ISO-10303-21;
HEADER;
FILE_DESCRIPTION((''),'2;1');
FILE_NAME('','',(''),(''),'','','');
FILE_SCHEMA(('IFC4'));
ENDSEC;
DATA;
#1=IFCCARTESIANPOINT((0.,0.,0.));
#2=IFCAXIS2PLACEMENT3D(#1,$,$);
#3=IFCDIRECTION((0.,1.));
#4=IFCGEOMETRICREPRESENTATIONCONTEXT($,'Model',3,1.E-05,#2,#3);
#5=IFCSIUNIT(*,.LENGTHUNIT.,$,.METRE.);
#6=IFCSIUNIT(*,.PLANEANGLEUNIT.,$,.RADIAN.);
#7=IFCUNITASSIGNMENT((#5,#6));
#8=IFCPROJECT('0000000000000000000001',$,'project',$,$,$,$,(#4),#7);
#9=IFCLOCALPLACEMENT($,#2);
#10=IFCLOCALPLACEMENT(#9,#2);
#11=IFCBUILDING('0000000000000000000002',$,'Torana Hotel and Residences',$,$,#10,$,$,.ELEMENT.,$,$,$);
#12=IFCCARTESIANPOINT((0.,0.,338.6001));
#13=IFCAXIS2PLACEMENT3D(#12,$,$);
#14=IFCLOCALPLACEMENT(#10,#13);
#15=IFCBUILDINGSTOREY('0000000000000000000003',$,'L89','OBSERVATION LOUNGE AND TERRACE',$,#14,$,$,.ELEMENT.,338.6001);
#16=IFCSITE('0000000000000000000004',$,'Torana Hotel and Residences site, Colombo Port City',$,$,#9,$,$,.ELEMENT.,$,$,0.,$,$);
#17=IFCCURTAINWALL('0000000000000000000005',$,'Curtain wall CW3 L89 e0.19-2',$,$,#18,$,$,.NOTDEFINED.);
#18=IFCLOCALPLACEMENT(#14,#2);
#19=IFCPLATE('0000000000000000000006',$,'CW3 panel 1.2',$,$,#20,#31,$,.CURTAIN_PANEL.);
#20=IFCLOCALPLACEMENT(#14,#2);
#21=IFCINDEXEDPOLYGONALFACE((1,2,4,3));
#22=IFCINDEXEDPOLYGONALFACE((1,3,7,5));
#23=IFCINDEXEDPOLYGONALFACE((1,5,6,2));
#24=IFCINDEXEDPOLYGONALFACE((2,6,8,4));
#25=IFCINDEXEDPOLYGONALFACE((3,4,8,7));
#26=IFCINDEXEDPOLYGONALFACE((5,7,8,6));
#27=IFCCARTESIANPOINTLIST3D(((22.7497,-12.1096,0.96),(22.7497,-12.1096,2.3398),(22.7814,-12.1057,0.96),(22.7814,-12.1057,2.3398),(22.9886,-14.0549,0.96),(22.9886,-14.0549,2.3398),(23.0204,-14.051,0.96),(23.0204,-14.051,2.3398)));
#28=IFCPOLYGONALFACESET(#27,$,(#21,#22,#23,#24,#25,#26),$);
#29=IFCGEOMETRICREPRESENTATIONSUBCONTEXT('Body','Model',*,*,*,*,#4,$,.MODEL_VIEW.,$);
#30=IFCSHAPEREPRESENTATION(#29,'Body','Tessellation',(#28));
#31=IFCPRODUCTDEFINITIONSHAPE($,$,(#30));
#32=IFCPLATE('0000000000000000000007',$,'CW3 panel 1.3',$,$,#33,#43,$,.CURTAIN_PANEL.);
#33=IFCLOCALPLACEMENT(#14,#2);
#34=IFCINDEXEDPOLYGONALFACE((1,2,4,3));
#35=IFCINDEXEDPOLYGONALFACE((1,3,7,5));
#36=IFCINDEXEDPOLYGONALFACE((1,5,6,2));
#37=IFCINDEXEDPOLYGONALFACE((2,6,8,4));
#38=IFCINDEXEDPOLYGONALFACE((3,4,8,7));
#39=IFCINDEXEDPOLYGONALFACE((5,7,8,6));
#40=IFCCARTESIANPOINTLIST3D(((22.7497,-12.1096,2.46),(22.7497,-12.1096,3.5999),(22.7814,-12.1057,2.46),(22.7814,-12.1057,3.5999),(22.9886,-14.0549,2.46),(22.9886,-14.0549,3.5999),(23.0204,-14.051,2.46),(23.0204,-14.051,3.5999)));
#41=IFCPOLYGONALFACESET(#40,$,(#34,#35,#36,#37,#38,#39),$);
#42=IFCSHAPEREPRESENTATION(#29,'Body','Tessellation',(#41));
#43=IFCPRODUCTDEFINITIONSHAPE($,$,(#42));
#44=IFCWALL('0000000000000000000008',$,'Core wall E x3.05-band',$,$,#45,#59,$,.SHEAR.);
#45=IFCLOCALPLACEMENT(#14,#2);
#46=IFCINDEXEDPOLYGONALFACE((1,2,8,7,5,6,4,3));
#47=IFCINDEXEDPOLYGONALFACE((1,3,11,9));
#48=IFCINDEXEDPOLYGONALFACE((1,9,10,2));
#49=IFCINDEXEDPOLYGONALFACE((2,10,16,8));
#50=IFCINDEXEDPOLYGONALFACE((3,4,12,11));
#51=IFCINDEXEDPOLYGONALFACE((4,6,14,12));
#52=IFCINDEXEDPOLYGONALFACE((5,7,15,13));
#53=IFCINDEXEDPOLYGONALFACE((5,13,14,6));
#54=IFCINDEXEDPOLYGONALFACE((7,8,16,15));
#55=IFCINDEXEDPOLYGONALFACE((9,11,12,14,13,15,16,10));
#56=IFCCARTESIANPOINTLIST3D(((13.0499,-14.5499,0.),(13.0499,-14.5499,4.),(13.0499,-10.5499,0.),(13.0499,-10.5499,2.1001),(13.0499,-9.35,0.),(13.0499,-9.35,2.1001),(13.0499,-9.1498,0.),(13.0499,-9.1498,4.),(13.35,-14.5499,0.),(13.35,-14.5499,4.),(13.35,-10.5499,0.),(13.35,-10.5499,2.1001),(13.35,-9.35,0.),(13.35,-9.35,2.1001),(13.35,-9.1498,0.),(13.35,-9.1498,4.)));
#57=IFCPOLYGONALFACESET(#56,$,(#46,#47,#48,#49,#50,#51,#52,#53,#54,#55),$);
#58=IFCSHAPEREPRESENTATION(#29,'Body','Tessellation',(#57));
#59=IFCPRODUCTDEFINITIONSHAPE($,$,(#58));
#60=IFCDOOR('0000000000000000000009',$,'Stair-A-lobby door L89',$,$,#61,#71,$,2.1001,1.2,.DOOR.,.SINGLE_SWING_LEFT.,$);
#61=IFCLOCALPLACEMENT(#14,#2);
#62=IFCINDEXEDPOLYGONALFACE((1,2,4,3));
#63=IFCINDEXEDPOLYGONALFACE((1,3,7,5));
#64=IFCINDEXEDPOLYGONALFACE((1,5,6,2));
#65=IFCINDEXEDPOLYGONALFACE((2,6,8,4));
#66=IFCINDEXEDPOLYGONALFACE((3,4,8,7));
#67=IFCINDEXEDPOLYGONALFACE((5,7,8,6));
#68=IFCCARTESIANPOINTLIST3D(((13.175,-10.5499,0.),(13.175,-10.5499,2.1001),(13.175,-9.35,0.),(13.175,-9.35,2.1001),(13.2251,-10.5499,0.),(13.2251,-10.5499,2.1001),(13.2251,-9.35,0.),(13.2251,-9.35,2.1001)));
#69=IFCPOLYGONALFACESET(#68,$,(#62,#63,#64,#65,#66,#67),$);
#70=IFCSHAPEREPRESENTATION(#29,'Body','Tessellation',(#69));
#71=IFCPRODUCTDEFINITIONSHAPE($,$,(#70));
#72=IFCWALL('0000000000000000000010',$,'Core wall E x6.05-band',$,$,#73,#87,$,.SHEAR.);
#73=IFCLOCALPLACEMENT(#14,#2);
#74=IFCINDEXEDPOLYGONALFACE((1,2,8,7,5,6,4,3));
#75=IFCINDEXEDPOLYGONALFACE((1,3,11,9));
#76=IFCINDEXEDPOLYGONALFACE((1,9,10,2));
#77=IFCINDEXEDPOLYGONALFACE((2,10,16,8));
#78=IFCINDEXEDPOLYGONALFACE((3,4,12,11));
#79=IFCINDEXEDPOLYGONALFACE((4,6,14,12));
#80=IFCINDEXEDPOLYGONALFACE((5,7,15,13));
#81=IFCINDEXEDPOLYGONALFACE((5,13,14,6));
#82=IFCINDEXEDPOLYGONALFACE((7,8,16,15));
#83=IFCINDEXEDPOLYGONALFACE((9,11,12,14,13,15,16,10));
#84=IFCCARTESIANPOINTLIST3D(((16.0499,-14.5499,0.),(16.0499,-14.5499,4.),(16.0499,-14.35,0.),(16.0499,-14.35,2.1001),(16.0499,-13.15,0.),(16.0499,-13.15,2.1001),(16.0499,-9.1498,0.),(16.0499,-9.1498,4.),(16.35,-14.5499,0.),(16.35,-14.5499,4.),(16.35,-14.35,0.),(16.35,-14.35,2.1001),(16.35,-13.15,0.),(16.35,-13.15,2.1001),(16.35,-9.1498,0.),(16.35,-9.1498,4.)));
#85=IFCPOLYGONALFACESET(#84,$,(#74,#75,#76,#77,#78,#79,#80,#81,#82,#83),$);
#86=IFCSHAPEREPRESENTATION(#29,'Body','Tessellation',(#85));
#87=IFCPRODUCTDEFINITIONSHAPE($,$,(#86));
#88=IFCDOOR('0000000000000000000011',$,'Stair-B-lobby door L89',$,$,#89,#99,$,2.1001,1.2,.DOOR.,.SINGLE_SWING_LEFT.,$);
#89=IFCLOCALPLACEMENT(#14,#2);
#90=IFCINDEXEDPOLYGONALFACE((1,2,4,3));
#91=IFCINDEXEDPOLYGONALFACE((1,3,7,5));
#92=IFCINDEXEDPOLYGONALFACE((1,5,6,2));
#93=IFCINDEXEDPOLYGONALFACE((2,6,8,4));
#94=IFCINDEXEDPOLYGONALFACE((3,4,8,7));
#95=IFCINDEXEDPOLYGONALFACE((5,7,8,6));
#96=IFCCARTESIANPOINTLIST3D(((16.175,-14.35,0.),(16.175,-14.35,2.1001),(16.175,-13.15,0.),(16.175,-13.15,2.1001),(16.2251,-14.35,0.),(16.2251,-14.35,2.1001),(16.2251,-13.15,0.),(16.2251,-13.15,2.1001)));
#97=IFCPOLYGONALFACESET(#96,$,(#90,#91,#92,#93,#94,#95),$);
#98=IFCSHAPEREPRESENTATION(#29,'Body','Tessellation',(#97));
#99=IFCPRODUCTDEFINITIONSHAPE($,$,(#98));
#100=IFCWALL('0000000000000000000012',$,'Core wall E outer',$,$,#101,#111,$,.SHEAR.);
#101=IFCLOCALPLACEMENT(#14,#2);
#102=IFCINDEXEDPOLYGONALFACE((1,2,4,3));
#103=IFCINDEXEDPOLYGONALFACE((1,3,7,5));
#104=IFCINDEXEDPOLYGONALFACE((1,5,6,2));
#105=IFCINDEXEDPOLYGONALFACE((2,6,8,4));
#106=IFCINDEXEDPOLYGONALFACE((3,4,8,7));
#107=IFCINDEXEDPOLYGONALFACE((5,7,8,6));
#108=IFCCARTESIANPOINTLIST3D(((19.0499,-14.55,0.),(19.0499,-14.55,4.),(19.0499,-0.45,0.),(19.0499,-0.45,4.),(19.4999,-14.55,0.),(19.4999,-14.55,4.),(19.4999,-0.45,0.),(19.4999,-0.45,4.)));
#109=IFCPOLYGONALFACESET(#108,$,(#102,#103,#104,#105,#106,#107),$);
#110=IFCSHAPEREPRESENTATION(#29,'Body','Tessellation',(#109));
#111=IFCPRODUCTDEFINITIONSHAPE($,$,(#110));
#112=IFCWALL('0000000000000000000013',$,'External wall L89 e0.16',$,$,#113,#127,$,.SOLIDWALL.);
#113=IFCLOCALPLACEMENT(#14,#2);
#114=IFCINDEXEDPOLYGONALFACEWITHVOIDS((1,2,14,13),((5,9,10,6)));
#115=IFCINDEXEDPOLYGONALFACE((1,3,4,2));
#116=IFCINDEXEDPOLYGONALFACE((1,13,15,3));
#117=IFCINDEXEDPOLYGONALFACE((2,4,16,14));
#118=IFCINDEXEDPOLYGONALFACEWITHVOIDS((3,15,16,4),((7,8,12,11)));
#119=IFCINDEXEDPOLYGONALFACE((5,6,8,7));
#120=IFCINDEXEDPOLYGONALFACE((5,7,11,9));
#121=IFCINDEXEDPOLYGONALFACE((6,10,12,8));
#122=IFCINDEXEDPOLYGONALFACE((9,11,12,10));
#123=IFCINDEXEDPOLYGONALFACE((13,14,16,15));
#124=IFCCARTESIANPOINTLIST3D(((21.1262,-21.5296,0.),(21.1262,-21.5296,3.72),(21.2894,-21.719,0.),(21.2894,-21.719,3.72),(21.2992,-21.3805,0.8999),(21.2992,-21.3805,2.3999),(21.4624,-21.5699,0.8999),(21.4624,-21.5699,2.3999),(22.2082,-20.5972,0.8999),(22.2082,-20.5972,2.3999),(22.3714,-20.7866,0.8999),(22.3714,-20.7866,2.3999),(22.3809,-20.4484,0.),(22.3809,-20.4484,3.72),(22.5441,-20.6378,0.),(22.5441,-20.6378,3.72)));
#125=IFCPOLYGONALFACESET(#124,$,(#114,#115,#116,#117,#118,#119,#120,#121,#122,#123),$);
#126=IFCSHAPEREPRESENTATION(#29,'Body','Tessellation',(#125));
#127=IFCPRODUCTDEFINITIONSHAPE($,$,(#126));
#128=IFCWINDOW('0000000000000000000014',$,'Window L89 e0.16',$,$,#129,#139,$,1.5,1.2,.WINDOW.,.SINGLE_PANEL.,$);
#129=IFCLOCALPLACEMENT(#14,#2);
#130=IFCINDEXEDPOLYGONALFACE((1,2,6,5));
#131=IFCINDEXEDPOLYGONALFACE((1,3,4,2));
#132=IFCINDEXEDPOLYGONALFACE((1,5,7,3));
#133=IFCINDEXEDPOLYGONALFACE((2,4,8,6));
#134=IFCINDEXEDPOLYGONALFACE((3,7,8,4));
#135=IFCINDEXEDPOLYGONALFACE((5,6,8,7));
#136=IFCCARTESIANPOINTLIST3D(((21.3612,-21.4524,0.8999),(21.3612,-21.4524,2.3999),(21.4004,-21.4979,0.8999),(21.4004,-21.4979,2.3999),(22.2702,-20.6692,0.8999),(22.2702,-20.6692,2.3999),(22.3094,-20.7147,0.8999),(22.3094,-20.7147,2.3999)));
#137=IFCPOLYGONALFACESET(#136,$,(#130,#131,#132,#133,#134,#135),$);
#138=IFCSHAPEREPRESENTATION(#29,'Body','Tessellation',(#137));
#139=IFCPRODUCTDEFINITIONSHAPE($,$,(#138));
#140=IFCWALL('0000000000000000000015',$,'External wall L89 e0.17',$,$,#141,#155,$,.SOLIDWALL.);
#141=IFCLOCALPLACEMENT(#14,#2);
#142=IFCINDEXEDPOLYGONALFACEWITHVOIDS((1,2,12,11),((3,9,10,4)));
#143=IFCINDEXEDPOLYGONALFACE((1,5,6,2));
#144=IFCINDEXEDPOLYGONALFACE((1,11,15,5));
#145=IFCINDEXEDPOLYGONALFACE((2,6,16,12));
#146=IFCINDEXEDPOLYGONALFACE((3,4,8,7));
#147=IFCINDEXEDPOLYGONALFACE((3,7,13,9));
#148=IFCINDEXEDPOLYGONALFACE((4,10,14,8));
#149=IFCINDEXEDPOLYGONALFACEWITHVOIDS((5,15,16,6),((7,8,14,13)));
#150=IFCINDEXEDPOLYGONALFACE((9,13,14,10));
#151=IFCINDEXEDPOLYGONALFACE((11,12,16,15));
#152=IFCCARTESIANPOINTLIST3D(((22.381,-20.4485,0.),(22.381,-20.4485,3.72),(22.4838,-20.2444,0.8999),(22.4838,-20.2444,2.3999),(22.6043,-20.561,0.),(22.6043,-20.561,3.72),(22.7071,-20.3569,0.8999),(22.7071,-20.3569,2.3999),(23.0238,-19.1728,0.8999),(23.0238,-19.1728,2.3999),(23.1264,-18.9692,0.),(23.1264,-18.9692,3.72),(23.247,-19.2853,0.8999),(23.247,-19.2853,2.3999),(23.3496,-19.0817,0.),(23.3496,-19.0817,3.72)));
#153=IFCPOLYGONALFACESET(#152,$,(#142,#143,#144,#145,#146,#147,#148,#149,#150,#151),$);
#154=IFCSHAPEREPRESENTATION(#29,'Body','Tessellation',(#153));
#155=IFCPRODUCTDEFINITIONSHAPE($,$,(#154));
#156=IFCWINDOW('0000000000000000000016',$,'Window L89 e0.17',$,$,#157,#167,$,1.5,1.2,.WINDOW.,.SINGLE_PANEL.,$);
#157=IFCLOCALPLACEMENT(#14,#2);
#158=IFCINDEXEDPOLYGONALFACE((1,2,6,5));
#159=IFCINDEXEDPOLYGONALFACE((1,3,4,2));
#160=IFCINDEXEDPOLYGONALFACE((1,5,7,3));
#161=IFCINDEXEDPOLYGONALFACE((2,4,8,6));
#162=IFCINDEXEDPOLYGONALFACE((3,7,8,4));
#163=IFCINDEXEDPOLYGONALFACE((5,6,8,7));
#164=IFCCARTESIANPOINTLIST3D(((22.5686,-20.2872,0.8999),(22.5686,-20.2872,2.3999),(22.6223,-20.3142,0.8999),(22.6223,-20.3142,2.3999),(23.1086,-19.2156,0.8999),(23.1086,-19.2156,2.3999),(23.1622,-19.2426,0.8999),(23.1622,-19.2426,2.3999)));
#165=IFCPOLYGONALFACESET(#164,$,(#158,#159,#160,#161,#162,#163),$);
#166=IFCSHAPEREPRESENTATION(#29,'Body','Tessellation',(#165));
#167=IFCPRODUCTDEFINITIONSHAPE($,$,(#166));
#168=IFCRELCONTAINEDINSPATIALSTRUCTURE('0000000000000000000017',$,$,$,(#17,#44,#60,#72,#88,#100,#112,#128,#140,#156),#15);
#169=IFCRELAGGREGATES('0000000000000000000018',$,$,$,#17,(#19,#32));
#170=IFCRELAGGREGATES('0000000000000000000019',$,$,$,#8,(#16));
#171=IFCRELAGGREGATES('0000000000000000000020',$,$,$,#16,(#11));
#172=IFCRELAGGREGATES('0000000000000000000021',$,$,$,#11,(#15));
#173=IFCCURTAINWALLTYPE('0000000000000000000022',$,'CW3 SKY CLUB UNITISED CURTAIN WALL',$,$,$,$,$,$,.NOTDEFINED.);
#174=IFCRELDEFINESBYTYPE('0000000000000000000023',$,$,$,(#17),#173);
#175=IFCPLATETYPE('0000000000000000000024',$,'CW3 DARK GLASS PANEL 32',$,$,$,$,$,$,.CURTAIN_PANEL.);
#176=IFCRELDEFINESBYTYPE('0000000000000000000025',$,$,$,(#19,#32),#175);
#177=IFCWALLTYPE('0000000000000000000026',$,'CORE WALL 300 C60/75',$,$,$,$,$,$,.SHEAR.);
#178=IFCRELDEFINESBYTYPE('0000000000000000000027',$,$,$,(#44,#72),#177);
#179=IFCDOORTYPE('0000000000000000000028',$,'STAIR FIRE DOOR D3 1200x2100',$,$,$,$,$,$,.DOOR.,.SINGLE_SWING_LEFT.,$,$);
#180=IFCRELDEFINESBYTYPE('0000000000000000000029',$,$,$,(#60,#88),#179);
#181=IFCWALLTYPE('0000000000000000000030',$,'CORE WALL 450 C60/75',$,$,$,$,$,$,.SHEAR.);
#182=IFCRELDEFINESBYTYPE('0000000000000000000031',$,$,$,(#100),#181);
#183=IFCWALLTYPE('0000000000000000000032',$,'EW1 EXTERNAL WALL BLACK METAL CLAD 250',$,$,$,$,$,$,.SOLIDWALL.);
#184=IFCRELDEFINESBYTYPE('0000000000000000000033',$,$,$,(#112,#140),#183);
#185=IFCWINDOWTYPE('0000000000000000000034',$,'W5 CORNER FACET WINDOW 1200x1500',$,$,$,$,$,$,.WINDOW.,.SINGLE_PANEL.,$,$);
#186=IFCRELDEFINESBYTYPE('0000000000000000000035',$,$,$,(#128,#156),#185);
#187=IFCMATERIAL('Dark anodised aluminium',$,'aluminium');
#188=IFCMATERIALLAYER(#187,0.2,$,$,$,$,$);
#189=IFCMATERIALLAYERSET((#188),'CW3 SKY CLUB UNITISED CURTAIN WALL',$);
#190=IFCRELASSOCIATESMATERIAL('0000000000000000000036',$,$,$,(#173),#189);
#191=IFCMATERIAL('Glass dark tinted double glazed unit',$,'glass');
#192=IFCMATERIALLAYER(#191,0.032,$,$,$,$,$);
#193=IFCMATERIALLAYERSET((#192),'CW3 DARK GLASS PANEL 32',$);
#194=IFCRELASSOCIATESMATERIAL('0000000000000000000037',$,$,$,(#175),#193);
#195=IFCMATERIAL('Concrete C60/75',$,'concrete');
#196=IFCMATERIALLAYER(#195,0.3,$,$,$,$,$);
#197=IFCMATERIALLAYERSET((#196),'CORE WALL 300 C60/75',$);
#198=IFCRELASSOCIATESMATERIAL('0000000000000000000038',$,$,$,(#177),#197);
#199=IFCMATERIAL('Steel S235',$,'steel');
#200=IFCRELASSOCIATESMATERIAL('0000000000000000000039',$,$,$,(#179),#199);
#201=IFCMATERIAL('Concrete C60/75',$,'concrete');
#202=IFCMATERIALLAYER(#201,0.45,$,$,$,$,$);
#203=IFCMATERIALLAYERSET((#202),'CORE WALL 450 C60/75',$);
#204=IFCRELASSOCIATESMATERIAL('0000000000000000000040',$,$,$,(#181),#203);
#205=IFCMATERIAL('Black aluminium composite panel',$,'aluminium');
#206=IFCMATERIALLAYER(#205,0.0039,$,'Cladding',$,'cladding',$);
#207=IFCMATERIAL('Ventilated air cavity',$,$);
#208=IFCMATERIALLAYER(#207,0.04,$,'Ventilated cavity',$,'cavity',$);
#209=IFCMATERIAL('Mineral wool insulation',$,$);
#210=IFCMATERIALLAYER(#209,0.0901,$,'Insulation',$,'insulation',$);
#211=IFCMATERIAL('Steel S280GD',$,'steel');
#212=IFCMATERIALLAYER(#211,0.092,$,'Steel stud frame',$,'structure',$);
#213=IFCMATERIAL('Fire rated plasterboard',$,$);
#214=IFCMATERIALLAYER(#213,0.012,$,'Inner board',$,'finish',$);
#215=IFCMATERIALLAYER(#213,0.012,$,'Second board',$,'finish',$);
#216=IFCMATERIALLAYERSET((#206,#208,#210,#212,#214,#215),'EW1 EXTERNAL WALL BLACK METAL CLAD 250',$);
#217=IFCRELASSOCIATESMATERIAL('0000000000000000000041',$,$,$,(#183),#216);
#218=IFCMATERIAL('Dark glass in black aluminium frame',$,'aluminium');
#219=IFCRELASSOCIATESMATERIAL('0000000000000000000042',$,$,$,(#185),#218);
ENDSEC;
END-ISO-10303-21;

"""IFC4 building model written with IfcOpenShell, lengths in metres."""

from ifc_helpers import new_model, si_unit, direction, frame, frame_2d, origin, origin_2d, place, context, subcontext, project, spatial, rectangle, extrude, material, layer, layer_set, type_object, element, fill, aggregate, save


model = new_model("IFC4")

# Units and contexts
model_context = context("Model", 3, precision=1e-05, world=origin(), true_north=direction((0.0, 1.0)))
body_context = subcontext(model_context, "Body", "Model", "MODEL_VIEW")
ifc_project = project(units=[si_unit("LENGTHUNIT", "METRE"), si_unit("PLANEANGLEUNIT", "RADIAN")], contexts=[model_context])

# Site, building, storey
site_placement = place(None, origin())
site = spatial("IfcSite", under=ifc_project, at=site_placement, Name="Torana Hotel and Residences site, Colombo Port City", CompositionType="ELEMENT", RefElevation=0.0)
building_placement = place(site_placement, origin())
building = spatial("IfcBuilding", under=site, at=building_placement, Name="Torana Hotel and Residences", CompositionType="ELEMENT")
storey_placement = place(building_placement, frame((0.0, 0.0, 338.6001)))
storey = spatial("IfcBuildingStorey", under=building, at=storey_placement, Name="L89", Description="OBSERVATION LOUNGE AND TERRACE", CompositionType="ELEMENT", Elevation=338.6001)

# Curtain wall, plates
ifc_material_1 = material(Name="Dark anodised aluminium", Category="aluminium")
ifc_layer_1 = layer(ifc_material_1, 0.2)
ifc_layer_set_1 = layer_set([ifc_layer_1], Name="CW3 SKY CLUB UNITISED CURTAIN WALL")
curtain_wall_type = type_object("IfcCurtainWallType", Name="CW3 SKY CLUB UNITISED CURTAIN WALL", PredefinedType="NOTDEFINED", material=ifc_layer_set_1)
curtain_wall_placement = place(storey_placement, origin())
curtain_wall = element("IfcCurtainWall", 1, at=curtain_wall_placement, inside=storey, type_object=curtain_wall_type, Name="Curtain wall CW3 L89 e0.19-2", PredefinedType="NOTDEFINED")
ifc_material_2 = material(Name="Glass dark tinted double glazed unit", Category="glass")
ifc_layer_2 = layer(ifc_material_2, 0.032)
ifc_layer_set_2 = layer_set([ifc_layer_2], Name="CW3 DARK GLASS PANEL 32")
plate_type = type_object("IfcPlateType", Name="CW3 DARK GLASS PANEL 32", PredefinedType="CURTAIN_PANEL", material=ifc_layer_set_2)
plate_1_placement = place(storey_placement, frame((22.885, -13.0803, 0.96), z_axis=(0.0, 0.0, 1.0), x_axis=(-0.121913, 0.992541, 0.0)))
plate_1 = element("IfcPlate", 2, at=plate_1_placement, type_object=plate_type, Name="CW3 panel 1.2", PredefinedType="CURTAIN_PANEL", context=body_context, shape_type="SweptSolid", body=[
    extrude(rectangle(XDim=1.96, YDim=0.032, at=origin_2d()), origin(), (0.0, 0.0, 1.0), 1.3799),
])
plate_2_placement = place(storey_placement, frame((22.885, -13.0803, 2.46), z_axis=(0.0, 0.0, 1.0), x_axis=(-0.121913, 0.992541, 0.0)))
plate_2 = element("IfcPlate", 3, at=plate_2_placement, type_object=plate_type, Name="CW3 panel 1.3", PredefinedType="CURTAIN_PANEL", context=body_context, shape_type="SweptSolid", body=[
    extrude(rectangle(XDim=1.96, YDim=0.032, at=origin_2d()), origin(), (0.0, 0.0, 1.0), 1.1399),
])
aggregate(curtain_wall, [plate_1, plate_2])

# Walls, openings, doors
ifc_material_3 = material(Name="Concrete C60/75", Category="concrete")
ifc_layer_3 = layer(ifc_material_3, 0.3)
ifc_layer_set_3 = layer_set([ifc_layer_3], Name="CORE WALL 300 C60/75")
wall_type_1 = type_object("IfcWallType", Name="CORE WALL 300 C60/75", PredefinedType="SHEAR", material=ifc_layer_set_3)
wall_1_placement = place(storey_placement, frame((13.2, -14.55, 0.0), z_axis=(0.0, 0.0, 1.0), x_axis=(0.0, 1.0, 0.0)))
wall_1 = element("IfcWall", 4, at=wall_1_placement, inside=storey, type_object=wall_type_1, Name="Core wall E x3.05-band", PredefinedType="SHEAR", context=body_context, shape_type="SweptSolid", body=[
    extrude(rectangle(XDim=5.4001, YDim=0.3, at=frame_2d((2.7002, 0.0))), origin(), (0.0, 0.0, 1.0), 4.0),
])
opening_1_placement = place(wall_1_placement, frame((4.0, 0.0, 0.0)))
opening_1 = element("IfcOpeningElement", 5, at=opening_1_placement, cuts=wall_1, PredefinedType="OPENING", context=body_context, shape_type="SweptSolid", body=[
    extrude(rectangle(XDim=1.2, YDim=2.1001, at=frame_2d((0.6001, 1.05))), frame((0.0, 0.1599, 0.0), z_axis=(0.0, -1.0, 0.0), x_axis=(1.0, 0.0, 0.0)), (0.0, 0.0, 1.0), 0.3201),
])
ifc_material_4 = material(Name="Steel S235", Category="steel")
door_type_1 = type_object("IfcDoorType", Name="STAIR FIRE DOOR D3 1200x2100", OperationType="SINGLE_SWING_LEFT", PredefinedType="DOOR", material=ifc_material_4)
door_1_placement = place(opening_1_placement, origin())
door_1 = element("IfcDoor", 6, at=door_1_placement, inside=storey, type_object=door_type_1, Name="Stair-A-lobby door L89", OperationType="SINGLE_SWING_LEFT", OverallHeight=2.1001, OverallWidth=1.2, PredefinedType="DOOR", context=body_context, shape_type="SweptSolid", body=[
    extrude(rectangle(XDim=1.2, YDim=2.1001, at=frame_2d((0.6001, 1.05))), frame((0.0, 0.0249, 0.0), z_axis=(0.0, -1.0, 0.0), x_axis=(1.0, 0.0, 0.0)), (0.0, 0.0, 1.0), 0.05),
])
fill(opening_1, door_1)
wall_2_placement = place(storey_placement, frame((16.2, -14.55, 0.0), z_axis=(0.0, 0.0, 1.0), x_axis=(0.0, 1.0, 0.0)))
wall_2 = element("IfcWall", 7, at=wall_2_placement, inside=storey, type_object=wall_type_1, Name="Core wall E x6.05-band", PredefinedType="SHEAR", context=body_context, shape_type="SweptSolid", body=[
    extrude(rectangle(XDim=5.4001, YDim=0.3, at=frame_2d((2.7002, 0.0))), origin(), (0.0, 0.0, 1.0), 4.0),
])
opening_2_placement = place(wall_2_placement, frame((0.2, 0.0, 0.0)))
opening_2 = element("IfcOpeningElement", 8, at=opening_2_placement, cuts=wall_2, PredefinedType="OPENING", context=body_context, shape_type="SweptSolid", body=[
    extrude(rectangle(XDim=1.2, YDim=2.1001, at=frame_2d((0.6001, 1.05))), frame((0.0, 0.1599, 0.0), z_axis=(0.0, -1.0, 0.0), x_axis=(1.0, 0.0, 0.0)), (0.0, 0.0, 1.0), 0.3201),
])
door_2_placement = place(opening_2_placement, frame((0.6001, 0.0, 0.0), z_axis=(0.0, 0.0, 1.0), x_axis=(-1.0, 0.0, 0.0)))
door_2 = element("IfcDoor", 9, at=door_2_placement, inside=storey, type_object=door_type_1, Name="Stair-B-lobby door L89", OperationType="SINGLE_SWING_LEFT", OverallHeight=2.1001, OverallWidth=1.2, PredefinedType="DOOR", context=body_context, shape_type="SweptSolid", body=[
    extrude(rectangle(XDim=1.2, YDim=2.1001, at=frame_2d((0.0, 1.05))), frame((0.0, -0.0249, 0.0), z_axis=(0.0, 1.0, 0.0), x_axis=(-1.0, 0.0, 0.0)), (0.0, 0.0, 1.0), 0.05),
])
fill(opening_2, door_2)

# Wall
ifc_material_5 = material(Name="Concrete C60/75", Category="concrete")
ifc_layer_4 = layer(ifc_material_5, 0.45)
ifc_layer_set_4 = layer_set([ifc_layer_4], Name="CORE WALL 450 C60/75")
wall_type_2 = type_object("IfcWallType", Name="CORE WALL 450 C60/75", PredefinedType="SHEAR", material=ifc_layer_set_4)
wall_3_placement = place(storey_placement, frame((19.2749, -14.55, 0.0), z_axis=(0.0, 0.0, 1.0), x_axis=(0.0, 1.0, 0.0)))
element("IfcWall", 10, at=wall_3_placement, inside=storey, type_object=wall_type_2, Name="Core wall E outer", PredefinedType="SHEAR", context=body_context, shape_type="SweptSolid", body=[
    extrude(rectangle(XDim=14.1001, YDim=0.45, at=frame_2d((7.05, 0.0))), origin(), (0.0, 0.0, 1.0), 4.0),
])

# Walls, openings, windows
ifc_material_6 = material(Name="Black aluminium composite panel", Category="aluminium")
ifc_layer_5 = layer(ifc_material_6, 0.0039, Name="Cladding", Category="cladding")
ifc_material_7 = material(Name="Ventilated air cavity")
ifc_layer_6 = layer(ifc_material_7, 0.04, Name="Ventilated cavity", Category="cavity")
ifc_material_8 = material(Name="Mineral wool insulation")
ifc_layer_7 = layer(ifc_material_8, 0.0901, Name="Insulation", Category="insulation")
ifc_material_9 = material(Name="Steel S280GD", Category="steel")
ifc_layer_8 = layer(ifc_material_9, 0.092, Name="Steel stud frame", Category="structure")
ifc_material_10 = material(Name="Fire rated plasterboard")
ifc_layer_9 = layer(ifc_material_10, 0.012, Name="Inner board", Category="finish")
ifc_layer_10 = layer(ifc_material_10, 0.012, Name="Second board", Category="finish")
ifc_layer_set_5 = layer_set([ifc_layer_5, ifc_layer_6, ifc_layer_7, ifc_layer_8, ifc_layer_9, ifc_layer_10], Name="EW1 EXTERNAL WALL BLACK METAL CLAD 250")
wall_type_3 = type_object("IfcWallType", Name="EW1 EXTERNAL WALL BLACK METAL CLAD 250", PredefinedType="SOLIDWALL", material=ifc_layer_set_5)
wall_4_placement = place(storey_placement, frame((21.2078, -21.6243, 0.0), z_axis=(0.0, 0.0, 1.0), x_axis=(0.757568, 0.652756, 0.0)))
wall_4 = element("IfcWall", 11, at=wall_4_placement, inside=storey, type_object=wall_type_3, Name="External wall L89 e0.16", PredefinedType="SOLIDWALL", context=body_context, shape_type="SweptSolid", body=[
    extrude(rectangle(XDim=1.6562, YDim=0.25, at=frame_2d((0.8281, 0.0))), origin(), (0.0, 0.0, 1.0), 3.72),
])
opening_3_placement = place(wall_4_placement, frame((0.2283, 0.0, 0.8999)))
opening_3 = element("IfcOpeningElement", 12, at=opening_3_placement, cuts=wall_4, PredefinedType="OPENING", context=body_context, shape_type="SweptSolid", body=[
    extrude(rectangle(XDim=1.2, YDim=1.5, at=frame_2d((0.6001, 0.75))), frame((0.0, 0.135, 0.0), z_axis=(0.0, -1.0, 0.0), x_axis=(1.0, 0.0, 0.0)), (0.0, 0.0, 1.0), 0.27),
])
ifc_material_11 = material(Name="Dark glass in black aluminium frame", Category="aluminium")
window_type = type_object("IfcWindowType", Name="W5 CORNER FACET WINDOW 1200x1500", PartitioningType="SINGLE_PANEL", PredefinedType="WINDOW", material=ifc_material_11)
window_1_placement = place(opening_3_placement, origin())
window_1 = element("IfcWindow", 13, at=window_1_placement, inside=storey, type_object=window_type, Name="Window L89 e0.16", OverallHeight=1.5, OverallWidth=1.2, PartitioningType="SINGLE_PANEL", PredefinedType="WINDOW", context=body_context, shape_type="SweptSolid", body=[
    extrude(rectangle(XDim=1.2, YDim=1.5, at=frame_2d((0.6001, 0.75))), frame((0.0, 0.03, 0.0), z_axis=(0.0, -1.0, 0.0), x_axis=(1.0, 0.0, 0.0)), (0.0, 0.0, 1.0), 0.0601),
])
fill(opening_3, window_1)
wall_5_placement = place(storey_placement, frame((22.4927, -20.5046, 0.0), z_axis=(0.0, 0.0, 1.0), x_axis=(0.449982, 0.893037, 0.0)))
wall_5 = element("IfcWall", 14, at=wall_5_placement, inside=storey, type_object=wall_type_3, Name="External wall L89 e0.17", PredefinedType="SOLIDWALL", context=body_context, shape_type="SweptSolid", body=[
    extrude(rectangle(XDim=1.6565, YDim=0.25, at=frame_2d((0.8281, 0.0))), origin(), (0.0, 0.0, 1.0), 3.72),
])
opening_4_placement = place(wall_5_placement, frame((0.2283, 0.0, 0.8999)))
opening_4 = element("IfcOpeningElement", 15, at=opening_4_placement, cuts=wall_5, PredefinedType="OPENING", context=body_context, shape_type="SweptSolid", body=[
    extrude(rectangle(XDim=1.2, YDim=1.5, at=frame_2d((0.6001, 0.75))), frame((0.0, 0.135, 0.0), z_axis=(0.0, -1.0, 0.0), x_axis=(1.0, 0.0, 0.0)), (0.0, 0.0, 1.0), 0.27),
])
window_2_placement = place(opening_4_placement, origin())
window_2 = element("IfcWindow", 16, at=window_2_placement, inside=storey, type_object=window_type, Name="Window L89 e0.17", OverallHeight=1.5, OverallWidth=1.2, PartitioningType="SINGLE_PANEL", PredefinedType="WINDOW", context=body_context, shape_type="SweptSolid", body=[
    extrude(rectangle(XDim=1.2, YDim=1.5, at=frame_2d((0.6001, 0.75))), frame((0.0, 0.03, 0.0), z_axis=(0.0, -1.0, 0.0), x_axis=(1.0, 0.0, 0.0)), (0.0, 0.0, 1.0), 0.0601),
])
fill(opening_4, window_2)

save(model, "model.ifc")
